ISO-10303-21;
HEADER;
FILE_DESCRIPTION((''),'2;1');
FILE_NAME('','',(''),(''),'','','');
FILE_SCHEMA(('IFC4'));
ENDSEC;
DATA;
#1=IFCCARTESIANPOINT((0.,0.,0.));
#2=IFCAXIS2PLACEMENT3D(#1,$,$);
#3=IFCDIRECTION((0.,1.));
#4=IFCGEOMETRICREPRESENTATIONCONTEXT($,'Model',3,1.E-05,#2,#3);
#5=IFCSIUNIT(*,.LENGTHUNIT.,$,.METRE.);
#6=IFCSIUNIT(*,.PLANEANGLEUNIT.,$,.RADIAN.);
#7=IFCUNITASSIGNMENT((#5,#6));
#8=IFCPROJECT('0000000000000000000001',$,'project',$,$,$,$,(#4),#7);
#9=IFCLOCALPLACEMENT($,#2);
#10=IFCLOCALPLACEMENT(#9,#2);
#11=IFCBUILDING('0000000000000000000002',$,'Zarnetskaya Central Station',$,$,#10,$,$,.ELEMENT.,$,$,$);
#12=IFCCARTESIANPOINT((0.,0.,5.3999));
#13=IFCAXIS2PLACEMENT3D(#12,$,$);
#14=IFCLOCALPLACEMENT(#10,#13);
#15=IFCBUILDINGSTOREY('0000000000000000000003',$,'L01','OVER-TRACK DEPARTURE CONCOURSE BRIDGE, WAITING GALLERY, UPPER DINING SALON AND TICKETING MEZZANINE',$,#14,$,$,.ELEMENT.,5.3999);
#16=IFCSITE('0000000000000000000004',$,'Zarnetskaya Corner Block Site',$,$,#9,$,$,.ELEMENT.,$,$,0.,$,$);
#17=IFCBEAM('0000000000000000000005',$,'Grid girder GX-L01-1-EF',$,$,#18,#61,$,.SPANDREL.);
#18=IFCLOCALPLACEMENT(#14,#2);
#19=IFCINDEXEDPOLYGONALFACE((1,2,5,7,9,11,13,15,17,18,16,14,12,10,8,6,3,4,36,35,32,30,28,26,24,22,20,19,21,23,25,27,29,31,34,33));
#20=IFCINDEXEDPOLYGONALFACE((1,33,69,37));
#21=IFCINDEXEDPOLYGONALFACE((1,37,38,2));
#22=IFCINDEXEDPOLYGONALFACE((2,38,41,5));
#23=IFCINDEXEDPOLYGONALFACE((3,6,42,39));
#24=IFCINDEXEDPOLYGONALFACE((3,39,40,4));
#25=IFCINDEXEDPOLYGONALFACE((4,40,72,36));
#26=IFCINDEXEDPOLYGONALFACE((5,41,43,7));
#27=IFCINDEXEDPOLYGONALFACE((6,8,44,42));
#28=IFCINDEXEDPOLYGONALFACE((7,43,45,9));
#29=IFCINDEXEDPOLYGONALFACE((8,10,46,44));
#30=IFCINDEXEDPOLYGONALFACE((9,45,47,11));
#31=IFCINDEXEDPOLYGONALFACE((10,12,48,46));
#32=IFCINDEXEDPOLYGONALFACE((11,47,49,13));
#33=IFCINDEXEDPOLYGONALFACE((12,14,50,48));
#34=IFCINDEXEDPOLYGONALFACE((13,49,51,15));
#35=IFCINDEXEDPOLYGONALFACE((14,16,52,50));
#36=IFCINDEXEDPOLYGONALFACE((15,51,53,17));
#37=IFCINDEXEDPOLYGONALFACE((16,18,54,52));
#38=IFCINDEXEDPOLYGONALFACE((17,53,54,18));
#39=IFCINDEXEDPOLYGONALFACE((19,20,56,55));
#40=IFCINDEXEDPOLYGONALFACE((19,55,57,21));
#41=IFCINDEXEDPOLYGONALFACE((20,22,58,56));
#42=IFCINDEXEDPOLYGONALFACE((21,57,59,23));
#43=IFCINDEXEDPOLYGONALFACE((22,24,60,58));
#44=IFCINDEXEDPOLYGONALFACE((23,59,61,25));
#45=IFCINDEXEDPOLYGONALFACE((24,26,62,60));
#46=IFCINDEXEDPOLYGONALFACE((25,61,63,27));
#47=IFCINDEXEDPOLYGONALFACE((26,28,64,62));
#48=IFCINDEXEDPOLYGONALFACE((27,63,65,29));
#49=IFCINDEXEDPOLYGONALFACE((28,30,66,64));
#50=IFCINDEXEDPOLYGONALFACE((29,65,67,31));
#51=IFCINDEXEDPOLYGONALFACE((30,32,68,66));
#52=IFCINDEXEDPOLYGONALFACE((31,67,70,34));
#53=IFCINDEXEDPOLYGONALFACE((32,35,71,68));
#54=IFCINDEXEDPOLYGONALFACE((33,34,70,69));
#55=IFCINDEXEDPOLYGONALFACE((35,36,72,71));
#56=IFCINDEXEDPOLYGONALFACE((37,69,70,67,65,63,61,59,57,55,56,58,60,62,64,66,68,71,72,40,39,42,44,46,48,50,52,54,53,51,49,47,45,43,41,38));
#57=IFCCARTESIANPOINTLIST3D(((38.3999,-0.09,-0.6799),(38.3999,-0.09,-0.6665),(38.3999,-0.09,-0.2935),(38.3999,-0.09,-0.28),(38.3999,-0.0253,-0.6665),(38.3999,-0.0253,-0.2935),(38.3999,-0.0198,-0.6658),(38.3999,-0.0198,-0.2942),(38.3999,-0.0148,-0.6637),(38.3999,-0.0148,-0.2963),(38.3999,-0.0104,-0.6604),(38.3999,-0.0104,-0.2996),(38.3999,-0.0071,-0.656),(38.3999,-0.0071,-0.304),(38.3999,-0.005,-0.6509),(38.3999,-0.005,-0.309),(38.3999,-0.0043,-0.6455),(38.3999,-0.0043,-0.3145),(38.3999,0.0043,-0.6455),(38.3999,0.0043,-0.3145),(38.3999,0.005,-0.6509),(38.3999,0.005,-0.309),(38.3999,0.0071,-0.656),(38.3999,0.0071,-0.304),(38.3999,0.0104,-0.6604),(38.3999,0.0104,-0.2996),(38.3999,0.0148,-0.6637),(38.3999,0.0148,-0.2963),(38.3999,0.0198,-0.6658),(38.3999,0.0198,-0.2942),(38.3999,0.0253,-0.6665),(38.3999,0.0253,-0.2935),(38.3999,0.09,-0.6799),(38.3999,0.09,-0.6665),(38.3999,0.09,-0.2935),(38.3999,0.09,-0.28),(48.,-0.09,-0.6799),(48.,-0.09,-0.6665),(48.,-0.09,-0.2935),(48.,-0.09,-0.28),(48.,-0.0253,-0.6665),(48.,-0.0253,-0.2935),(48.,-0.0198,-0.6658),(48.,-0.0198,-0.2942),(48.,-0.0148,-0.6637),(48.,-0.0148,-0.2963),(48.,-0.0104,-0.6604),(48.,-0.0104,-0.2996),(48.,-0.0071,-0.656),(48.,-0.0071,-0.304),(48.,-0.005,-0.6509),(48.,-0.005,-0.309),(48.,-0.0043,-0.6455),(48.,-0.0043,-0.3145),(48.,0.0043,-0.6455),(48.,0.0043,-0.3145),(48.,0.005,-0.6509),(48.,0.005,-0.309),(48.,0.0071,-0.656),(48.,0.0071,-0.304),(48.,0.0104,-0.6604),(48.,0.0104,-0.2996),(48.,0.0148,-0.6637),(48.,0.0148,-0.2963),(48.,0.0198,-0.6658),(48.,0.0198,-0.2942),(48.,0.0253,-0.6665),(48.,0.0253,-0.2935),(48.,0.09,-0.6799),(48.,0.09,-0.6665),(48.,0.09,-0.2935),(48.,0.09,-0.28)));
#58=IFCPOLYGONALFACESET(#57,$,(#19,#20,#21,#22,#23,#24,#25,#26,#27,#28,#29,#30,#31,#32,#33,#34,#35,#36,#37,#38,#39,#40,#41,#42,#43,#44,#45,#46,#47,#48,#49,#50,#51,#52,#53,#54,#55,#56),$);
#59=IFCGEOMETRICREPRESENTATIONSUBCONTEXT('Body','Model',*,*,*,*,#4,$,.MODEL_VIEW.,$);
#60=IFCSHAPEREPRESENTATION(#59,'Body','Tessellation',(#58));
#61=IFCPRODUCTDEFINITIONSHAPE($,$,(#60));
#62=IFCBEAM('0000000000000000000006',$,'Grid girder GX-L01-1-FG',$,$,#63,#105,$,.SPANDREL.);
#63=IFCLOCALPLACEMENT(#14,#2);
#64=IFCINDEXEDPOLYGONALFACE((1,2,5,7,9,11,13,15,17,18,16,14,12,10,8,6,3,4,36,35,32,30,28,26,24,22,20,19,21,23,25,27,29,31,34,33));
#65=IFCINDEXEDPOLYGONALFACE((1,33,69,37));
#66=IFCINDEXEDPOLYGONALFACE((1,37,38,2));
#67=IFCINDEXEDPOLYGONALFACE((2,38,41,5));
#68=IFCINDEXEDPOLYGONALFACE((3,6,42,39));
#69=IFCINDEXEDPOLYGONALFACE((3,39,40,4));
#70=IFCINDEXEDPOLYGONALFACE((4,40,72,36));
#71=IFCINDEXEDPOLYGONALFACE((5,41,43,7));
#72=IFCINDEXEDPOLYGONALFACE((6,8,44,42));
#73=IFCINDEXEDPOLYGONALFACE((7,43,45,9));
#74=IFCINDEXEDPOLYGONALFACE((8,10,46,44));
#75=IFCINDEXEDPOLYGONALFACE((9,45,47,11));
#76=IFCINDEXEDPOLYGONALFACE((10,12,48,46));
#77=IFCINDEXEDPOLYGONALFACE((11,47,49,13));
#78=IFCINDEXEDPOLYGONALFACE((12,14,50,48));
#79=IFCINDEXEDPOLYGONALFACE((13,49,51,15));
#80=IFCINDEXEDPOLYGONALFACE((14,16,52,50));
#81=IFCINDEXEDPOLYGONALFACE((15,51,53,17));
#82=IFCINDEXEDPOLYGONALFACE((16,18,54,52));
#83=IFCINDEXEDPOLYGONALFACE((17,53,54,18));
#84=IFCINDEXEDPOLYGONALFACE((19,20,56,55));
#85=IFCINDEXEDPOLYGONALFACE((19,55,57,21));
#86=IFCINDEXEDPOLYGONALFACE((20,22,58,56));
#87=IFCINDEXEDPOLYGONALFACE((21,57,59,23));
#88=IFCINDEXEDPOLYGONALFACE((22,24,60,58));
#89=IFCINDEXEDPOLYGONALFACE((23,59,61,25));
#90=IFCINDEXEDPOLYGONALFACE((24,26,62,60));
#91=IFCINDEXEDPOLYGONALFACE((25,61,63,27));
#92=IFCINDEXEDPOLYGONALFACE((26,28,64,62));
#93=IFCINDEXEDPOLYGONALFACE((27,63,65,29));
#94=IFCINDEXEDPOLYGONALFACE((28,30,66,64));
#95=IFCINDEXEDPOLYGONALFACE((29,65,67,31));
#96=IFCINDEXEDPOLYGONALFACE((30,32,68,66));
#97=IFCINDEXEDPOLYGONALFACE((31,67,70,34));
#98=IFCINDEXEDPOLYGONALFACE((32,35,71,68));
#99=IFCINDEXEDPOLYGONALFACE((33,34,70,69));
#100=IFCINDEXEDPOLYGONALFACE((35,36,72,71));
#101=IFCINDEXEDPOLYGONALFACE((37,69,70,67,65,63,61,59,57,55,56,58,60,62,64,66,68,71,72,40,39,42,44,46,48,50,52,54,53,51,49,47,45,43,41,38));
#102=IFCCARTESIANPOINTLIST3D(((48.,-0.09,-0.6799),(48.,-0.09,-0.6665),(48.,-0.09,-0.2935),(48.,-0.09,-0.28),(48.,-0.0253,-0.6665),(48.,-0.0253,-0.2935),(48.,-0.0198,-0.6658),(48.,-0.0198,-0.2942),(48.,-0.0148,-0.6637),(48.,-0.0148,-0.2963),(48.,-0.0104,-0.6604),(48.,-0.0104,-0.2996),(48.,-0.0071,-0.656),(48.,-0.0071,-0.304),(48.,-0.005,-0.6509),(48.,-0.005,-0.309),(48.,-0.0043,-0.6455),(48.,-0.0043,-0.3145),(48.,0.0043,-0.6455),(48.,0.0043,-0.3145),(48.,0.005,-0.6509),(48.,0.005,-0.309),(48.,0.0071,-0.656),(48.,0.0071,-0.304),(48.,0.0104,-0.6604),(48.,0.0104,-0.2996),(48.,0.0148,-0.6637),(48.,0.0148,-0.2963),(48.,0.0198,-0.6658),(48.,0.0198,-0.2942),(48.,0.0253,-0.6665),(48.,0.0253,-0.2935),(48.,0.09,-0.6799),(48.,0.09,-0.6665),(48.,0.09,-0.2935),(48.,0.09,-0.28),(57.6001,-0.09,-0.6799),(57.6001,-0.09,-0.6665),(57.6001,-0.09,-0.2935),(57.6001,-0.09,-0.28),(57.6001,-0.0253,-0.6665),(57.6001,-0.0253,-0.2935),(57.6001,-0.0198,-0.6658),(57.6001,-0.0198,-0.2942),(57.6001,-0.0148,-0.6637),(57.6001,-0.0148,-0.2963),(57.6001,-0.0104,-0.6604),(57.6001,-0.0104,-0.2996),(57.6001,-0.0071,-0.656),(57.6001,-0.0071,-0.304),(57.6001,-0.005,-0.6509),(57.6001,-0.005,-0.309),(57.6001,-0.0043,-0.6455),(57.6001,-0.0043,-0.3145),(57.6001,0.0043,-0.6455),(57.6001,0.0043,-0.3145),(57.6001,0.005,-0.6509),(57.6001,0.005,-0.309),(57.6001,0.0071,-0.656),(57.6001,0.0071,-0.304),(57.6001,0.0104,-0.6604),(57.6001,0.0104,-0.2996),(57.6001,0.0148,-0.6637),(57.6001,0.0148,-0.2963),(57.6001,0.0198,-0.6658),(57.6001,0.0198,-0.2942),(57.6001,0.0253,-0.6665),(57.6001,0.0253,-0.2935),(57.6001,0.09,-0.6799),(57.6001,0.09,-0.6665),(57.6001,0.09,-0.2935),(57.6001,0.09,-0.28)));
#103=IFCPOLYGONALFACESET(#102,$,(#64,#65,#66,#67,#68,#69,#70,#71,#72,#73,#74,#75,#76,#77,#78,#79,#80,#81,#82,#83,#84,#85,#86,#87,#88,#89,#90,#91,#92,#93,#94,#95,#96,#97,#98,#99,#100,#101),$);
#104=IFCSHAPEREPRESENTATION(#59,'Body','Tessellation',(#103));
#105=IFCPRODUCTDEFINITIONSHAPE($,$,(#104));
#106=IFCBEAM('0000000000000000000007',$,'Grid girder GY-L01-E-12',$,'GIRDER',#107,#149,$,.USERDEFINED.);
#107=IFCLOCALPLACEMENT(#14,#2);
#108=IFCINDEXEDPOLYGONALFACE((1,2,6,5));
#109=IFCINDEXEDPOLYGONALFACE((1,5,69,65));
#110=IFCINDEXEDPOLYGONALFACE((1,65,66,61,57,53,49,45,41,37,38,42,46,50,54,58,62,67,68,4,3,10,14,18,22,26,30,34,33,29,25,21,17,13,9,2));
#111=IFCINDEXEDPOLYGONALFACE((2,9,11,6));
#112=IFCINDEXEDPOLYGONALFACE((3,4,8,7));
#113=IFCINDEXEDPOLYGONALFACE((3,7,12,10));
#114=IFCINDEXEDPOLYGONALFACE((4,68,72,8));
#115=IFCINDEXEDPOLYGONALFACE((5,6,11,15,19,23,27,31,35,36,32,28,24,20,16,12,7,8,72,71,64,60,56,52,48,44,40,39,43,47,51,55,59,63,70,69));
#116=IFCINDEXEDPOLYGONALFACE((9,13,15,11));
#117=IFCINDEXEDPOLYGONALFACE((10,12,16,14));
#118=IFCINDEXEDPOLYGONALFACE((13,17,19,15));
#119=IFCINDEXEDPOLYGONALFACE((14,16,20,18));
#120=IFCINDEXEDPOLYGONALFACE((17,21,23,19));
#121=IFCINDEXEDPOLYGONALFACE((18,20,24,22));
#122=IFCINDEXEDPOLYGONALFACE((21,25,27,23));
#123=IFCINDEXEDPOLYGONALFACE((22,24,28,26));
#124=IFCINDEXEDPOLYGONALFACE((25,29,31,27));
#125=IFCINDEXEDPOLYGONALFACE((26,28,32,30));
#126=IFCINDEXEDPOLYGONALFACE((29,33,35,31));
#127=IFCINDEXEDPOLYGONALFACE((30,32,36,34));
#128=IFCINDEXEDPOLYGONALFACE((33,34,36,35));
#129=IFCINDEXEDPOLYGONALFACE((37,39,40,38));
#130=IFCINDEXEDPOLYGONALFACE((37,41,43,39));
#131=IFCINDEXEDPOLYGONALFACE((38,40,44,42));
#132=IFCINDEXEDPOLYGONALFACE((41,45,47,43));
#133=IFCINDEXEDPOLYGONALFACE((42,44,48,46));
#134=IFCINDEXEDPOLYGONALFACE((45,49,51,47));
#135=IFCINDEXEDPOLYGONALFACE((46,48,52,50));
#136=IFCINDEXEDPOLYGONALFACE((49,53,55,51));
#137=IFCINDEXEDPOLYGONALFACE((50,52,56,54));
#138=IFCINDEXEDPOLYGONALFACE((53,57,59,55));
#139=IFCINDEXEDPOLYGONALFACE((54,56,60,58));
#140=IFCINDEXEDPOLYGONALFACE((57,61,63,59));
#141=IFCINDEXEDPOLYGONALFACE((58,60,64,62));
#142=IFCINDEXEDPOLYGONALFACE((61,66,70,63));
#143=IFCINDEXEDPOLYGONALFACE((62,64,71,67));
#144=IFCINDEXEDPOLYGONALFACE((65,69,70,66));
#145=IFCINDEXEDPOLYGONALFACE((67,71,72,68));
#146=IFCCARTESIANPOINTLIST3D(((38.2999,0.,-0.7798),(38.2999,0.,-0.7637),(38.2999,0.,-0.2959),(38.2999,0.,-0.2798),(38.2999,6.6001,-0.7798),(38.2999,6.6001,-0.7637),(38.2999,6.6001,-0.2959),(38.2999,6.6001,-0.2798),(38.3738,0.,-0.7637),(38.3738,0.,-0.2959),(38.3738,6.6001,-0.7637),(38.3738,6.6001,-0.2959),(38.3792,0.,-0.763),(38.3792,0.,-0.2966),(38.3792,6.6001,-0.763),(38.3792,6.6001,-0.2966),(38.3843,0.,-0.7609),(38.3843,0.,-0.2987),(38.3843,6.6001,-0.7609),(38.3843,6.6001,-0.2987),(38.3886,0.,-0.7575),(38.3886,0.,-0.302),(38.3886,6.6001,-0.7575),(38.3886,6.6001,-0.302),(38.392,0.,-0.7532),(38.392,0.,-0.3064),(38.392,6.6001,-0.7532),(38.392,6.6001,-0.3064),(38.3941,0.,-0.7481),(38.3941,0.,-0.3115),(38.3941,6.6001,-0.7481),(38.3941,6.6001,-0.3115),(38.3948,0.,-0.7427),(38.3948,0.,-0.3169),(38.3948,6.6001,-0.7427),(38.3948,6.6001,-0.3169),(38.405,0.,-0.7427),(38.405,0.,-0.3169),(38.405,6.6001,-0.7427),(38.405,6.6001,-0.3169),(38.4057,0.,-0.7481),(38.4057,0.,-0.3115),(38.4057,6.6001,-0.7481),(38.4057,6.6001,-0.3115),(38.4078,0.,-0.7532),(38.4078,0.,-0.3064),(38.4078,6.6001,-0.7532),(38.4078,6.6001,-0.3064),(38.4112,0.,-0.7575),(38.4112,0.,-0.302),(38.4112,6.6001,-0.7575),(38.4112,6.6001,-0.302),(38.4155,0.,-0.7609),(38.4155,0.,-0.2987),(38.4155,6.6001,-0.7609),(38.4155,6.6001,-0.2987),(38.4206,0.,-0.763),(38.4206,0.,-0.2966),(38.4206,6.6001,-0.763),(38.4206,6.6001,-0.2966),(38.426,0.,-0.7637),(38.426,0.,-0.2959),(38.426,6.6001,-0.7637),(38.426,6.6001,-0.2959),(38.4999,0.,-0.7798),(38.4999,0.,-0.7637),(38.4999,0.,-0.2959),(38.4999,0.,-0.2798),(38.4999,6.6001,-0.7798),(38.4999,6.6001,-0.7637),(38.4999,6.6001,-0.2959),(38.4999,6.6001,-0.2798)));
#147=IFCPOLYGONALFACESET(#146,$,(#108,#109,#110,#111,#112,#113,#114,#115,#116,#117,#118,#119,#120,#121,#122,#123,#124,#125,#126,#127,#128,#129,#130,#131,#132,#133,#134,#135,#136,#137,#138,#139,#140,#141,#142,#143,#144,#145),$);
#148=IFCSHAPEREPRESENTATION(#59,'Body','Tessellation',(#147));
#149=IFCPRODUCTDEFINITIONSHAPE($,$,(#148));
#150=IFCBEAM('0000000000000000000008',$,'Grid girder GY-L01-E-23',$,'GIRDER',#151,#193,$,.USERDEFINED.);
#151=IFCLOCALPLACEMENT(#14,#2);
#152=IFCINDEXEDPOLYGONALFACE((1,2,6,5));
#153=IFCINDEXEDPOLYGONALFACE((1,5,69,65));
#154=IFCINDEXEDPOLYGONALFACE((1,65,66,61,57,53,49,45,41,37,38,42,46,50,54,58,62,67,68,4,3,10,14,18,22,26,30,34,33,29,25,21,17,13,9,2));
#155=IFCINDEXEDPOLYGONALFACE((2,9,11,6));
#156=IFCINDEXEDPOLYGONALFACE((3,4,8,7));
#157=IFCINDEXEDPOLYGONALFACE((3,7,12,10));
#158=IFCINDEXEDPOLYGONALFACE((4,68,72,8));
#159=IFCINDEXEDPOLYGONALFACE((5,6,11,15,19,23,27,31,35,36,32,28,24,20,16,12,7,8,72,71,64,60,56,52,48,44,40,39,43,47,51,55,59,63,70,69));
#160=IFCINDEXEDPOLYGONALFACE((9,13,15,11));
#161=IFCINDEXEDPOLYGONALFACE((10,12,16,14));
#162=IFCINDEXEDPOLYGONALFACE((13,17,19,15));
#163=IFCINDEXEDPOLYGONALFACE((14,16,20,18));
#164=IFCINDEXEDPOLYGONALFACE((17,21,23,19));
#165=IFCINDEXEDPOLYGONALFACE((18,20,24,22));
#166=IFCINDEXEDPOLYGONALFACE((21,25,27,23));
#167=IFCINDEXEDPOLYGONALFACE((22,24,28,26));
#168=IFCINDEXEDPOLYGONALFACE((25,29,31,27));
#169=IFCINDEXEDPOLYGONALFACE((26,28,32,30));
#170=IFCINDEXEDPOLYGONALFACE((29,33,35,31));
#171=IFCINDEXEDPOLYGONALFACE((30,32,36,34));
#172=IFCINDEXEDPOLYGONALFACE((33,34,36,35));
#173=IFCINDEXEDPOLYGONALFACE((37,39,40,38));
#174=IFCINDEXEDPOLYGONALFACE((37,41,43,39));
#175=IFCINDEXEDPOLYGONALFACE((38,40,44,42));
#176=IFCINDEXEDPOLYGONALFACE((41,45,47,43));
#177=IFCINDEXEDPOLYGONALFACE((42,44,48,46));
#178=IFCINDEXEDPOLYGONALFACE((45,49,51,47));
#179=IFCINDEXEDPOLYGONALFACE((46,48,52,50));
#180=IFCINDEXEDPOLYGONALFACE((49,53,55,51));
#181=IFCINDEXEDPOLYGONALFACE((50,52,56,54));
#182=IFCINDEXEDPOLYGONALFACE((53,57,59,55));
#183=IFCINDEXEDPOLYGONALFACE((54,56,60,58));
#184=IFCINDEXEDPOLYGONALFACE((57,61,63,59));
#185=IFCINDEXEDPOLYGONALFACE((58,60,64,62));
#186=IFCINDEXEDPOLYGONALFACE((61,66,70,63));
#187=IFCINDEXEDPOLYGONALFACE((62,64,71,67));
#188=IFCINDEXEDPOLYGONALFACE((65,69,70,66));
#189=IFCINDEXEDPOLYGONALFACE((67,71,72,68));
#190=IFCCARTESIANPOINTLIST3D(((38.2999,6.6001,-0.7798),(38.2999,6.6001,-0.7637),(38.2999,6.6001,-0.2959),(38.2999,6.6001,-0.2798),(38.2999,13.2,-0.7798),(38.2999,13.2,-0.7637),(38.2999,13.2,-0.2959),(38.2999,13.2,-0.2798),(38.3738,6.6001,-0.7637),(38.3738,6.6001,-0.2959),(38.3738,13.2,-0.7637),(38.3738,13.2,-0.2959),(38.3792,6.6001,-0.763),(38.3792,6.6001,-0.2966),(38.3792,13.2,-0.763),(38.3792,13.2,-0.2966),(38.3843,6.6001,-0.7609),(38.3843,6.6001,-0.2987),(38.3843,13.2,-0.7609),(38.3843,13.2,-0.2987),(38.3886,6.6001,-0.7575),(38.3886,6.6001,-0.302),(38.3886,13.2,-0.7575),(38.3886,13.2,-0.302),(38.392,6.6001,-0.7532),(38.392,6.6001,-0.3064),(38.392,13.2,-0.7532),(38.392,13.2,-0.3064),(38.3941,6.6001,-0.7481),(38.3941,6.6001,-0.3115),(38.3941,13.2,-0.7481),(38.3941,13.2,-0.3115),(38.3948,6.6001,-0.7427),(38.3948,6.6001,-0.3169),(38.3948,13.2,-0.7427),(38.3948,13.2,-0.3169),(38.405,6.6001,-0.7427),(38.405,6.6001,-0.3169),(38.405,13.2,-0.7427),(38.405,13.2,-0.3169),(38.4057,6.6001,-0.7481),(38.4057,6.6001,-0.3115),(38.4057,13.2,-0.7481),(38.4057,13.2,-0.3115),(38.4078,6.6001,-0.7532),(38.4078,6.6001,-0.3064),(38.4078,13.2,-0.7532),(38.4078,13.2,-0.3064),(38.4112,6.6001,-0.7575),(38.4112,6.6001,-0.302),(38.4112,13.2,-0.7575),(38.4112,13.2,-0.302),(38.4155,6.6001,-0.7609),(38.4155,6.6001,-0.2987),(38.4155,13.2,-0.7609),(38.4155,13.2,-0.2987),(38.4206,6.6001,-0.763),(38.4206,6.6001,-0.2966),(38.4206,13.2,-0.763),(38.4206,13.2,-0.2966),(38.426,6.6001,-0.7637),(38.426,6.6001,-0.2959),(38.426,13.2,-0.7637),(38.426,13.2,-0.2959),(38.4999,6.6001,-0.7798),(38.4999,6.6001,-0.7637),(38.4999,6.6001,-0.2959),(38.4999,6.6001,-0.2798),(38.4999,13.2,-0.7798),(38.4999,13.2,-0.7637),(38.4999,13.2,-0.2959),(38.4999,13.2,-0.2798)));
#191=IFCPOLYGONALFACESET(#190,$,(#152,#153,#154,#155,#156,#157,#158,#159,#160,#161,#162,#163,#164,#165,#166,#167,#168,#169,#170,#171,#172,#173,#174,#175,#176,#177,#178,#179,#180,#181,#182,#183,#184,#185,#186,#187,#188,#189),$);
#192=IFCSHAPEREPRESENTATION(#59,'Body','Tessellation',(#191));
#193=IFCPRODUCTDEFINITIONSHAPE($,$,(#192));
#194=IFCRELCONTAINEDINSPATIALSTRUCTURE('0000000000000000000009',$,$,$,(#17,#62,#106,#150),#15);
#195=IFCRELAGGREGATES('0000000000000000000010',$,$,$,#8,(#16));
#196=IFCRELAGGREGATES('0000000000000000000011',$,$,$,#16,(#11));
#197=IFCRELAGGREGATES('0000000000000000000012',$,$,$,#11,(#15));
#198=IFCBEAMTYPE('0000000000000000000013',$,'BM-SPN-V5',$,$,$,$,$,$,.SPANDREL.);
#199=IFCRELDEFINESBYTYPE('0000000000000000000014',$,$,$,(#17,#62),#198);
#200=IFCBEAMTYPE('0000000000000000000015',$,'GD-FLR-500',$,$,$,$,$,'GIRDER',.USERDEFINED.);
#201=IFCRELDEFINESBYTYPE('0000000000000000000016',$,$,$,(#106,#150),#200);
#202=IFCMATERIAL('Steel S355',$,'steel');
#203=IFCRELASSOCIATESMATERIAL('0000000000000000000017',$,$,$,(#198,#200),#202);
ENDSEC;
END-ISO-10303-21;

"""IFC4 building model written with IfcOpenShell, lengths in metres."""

from ifc_helpers import new_model, si_unit, direction, frame, origin, origin_2d, place, context, subcontext, project, spatial, i_section, extrude, material, material_profile, profile_set, type_object, element, save


model = new_model("IFC4")

# Units and contexts
model_context = context("Model", 3, precision=1e-05, world=origin(), true_north=direction((0.0, 1.0)))
body_context = subcontext(model_context, "Body", "Model", "MODEL_VIEW")
ifc_project = project(units=[si_unit("LENGTHUNIT", "METRE"), si_unit("PLANEANGLEUNIT", "RADIAN")], contexts=[model_context])

# Site, building, storey
site_placement = place(None, origin())
site = spatial("IfcSite", under=ifc_project, at=site_placement, Name="Zarnetskaya Corner Block Site", CompositionType="ELEMENT", RefElevation=0.0)
building_placement = place(site_placement, origin())
building = spatial("IfcBuilding", under=site, at=building_placement, Name="Zarnetskaya Central Station", CompositionType="ELEMENT")
storey_placement = place(building_placement, frame((0.0, 0.0, 5.3999)))
storey = spatial("IfcBuildingStorey", under=building, at=storey_placement, Name="L01", Description="OVER-TRACK DEPARTURE CONCOURSE BRIDGE, WAITING GALLERY, UPPER DINING SALON AND TICKETING MEZZANINE", CompositionType="ELEMENT", Elevation=5.3999)

# Shared definitions
ifc_material_1 = material(Name="Steel S355", Category="steel")

# Beams
ifc_material_profile_1 = material_profile(ifc_material_1, i_section(OverallWidth=0.1799, OverallDepth=0.3999, WebThickness=0.0085, FlangeThickness=0.0134, FilletRadius=0.021, at=origin_2d()), Name="IPE 400")
ifc_profile_set_1 = profile_set([ifc_material_profile_1], Name="Steel S355")
beam_type_1 = type_object("IfcBeamType", Name="BM-SPN-V5", PredefinedType="SPANDREL", material=ifc_profile_set_1)
for number, where, z_axis, x_axis, name in (
    (1, (38.3999, 0.0, -0.48), (1.0, 0.0, 0.0), (0.0, 1.0, 0.0), "Grid girder GX-L01-1-EF"),
    (2, (48.0, 0.0, -0.48), (1.0, 0.0, 0.0), (0.0, 1.0, 0.0), "Grid girder GX-L01-1-FG"),
):
    element("IfcBeam", number, at=place(storey_placement, frame(where, z_axis=z_axis, x_axis=x_axis)), inside=storey, type_object=beam_type_1, Name=name, PredefinedType="SPANDREL", context=body_context, shape_type="SweptSolid", body=[
        extrude(i_section(OverallWidth=0.1799, OverallDepth=0.3999, WebThickness=0.0085, FlangeThickness=0.0134, FilletRadius=0.021, at=origin_2d()), origin(), (0.0, 0.0, 1.0), 9.6001),
    ])
ifc_material_profile_2 = material_profile(ifc_material_1, i_section(OverallWidth=0.2, OverallDepth=0.5, WebThickness=0.0103, FlangeThickness=0.0161, FilletRadius=0.021, at=origin_2d()), Name="IPE 500")
ifc_profile_set_2 = profile_set([ifc_material_profile_2], Name="Steel S355")
beam_type_2 = type_object("IfcBeamType", Name="GD-FLR-500", ElementType="GIRDER", PredefinedType="USERDEFINED", material=ifc_profile_set_2)
beam_1_placement = place(storey_placement, frame((38.3999, 0.0, -0.5298), z_axis=(0.0, 1.0, 0.0), x_axis=(-1.0, 0.0, 0.0)))
element("IfcBeam", 3, at=beam_1_placement, inside=storey, type_object=beam_type_2, Name="Grid girder GY-L01-E-12", ObjectType="GIRDER", PredefinedType="USERDEFINED", context=body_context, shape_type="SweptSolid", body=[
    extrude(i_section(OverallWidth=0.2, OverallDepth=0.5, WebThickness=0.0103, FlangeThickness=0.0161, FilletRadius=0.021, at=origin_2d()), origin(), (0.0, 0.0, 1.0), 6.6001),
])
beam_2_placement = place(storey_placement, frame((38.3999, 6.6001, -0.5298), z_axis=(0.0, 1.0, 0.0), x_axis=(-1.0, 0.0, 0.0)))
element("IfcBeam", 4, at=beam_2_placement, inside=storey, type_object=beam_type_2, Name="Grid girder GY-L01-E-23", ObjectType="GIRDER", PredefinedType="USERDEFINED", context=body_context, shape_type="SweptSolid", body=[
    extrude(i_section(OverallWidth=0.2, OverallDepth=0.5, WebThickness=0.0103, FlangeThickness=0.0161, FilletRadius=0.021, at=origin_2d()), origin(), (0.0, 0.0, 1.0), 6.5999),
])

save(model, "model.ifc")
